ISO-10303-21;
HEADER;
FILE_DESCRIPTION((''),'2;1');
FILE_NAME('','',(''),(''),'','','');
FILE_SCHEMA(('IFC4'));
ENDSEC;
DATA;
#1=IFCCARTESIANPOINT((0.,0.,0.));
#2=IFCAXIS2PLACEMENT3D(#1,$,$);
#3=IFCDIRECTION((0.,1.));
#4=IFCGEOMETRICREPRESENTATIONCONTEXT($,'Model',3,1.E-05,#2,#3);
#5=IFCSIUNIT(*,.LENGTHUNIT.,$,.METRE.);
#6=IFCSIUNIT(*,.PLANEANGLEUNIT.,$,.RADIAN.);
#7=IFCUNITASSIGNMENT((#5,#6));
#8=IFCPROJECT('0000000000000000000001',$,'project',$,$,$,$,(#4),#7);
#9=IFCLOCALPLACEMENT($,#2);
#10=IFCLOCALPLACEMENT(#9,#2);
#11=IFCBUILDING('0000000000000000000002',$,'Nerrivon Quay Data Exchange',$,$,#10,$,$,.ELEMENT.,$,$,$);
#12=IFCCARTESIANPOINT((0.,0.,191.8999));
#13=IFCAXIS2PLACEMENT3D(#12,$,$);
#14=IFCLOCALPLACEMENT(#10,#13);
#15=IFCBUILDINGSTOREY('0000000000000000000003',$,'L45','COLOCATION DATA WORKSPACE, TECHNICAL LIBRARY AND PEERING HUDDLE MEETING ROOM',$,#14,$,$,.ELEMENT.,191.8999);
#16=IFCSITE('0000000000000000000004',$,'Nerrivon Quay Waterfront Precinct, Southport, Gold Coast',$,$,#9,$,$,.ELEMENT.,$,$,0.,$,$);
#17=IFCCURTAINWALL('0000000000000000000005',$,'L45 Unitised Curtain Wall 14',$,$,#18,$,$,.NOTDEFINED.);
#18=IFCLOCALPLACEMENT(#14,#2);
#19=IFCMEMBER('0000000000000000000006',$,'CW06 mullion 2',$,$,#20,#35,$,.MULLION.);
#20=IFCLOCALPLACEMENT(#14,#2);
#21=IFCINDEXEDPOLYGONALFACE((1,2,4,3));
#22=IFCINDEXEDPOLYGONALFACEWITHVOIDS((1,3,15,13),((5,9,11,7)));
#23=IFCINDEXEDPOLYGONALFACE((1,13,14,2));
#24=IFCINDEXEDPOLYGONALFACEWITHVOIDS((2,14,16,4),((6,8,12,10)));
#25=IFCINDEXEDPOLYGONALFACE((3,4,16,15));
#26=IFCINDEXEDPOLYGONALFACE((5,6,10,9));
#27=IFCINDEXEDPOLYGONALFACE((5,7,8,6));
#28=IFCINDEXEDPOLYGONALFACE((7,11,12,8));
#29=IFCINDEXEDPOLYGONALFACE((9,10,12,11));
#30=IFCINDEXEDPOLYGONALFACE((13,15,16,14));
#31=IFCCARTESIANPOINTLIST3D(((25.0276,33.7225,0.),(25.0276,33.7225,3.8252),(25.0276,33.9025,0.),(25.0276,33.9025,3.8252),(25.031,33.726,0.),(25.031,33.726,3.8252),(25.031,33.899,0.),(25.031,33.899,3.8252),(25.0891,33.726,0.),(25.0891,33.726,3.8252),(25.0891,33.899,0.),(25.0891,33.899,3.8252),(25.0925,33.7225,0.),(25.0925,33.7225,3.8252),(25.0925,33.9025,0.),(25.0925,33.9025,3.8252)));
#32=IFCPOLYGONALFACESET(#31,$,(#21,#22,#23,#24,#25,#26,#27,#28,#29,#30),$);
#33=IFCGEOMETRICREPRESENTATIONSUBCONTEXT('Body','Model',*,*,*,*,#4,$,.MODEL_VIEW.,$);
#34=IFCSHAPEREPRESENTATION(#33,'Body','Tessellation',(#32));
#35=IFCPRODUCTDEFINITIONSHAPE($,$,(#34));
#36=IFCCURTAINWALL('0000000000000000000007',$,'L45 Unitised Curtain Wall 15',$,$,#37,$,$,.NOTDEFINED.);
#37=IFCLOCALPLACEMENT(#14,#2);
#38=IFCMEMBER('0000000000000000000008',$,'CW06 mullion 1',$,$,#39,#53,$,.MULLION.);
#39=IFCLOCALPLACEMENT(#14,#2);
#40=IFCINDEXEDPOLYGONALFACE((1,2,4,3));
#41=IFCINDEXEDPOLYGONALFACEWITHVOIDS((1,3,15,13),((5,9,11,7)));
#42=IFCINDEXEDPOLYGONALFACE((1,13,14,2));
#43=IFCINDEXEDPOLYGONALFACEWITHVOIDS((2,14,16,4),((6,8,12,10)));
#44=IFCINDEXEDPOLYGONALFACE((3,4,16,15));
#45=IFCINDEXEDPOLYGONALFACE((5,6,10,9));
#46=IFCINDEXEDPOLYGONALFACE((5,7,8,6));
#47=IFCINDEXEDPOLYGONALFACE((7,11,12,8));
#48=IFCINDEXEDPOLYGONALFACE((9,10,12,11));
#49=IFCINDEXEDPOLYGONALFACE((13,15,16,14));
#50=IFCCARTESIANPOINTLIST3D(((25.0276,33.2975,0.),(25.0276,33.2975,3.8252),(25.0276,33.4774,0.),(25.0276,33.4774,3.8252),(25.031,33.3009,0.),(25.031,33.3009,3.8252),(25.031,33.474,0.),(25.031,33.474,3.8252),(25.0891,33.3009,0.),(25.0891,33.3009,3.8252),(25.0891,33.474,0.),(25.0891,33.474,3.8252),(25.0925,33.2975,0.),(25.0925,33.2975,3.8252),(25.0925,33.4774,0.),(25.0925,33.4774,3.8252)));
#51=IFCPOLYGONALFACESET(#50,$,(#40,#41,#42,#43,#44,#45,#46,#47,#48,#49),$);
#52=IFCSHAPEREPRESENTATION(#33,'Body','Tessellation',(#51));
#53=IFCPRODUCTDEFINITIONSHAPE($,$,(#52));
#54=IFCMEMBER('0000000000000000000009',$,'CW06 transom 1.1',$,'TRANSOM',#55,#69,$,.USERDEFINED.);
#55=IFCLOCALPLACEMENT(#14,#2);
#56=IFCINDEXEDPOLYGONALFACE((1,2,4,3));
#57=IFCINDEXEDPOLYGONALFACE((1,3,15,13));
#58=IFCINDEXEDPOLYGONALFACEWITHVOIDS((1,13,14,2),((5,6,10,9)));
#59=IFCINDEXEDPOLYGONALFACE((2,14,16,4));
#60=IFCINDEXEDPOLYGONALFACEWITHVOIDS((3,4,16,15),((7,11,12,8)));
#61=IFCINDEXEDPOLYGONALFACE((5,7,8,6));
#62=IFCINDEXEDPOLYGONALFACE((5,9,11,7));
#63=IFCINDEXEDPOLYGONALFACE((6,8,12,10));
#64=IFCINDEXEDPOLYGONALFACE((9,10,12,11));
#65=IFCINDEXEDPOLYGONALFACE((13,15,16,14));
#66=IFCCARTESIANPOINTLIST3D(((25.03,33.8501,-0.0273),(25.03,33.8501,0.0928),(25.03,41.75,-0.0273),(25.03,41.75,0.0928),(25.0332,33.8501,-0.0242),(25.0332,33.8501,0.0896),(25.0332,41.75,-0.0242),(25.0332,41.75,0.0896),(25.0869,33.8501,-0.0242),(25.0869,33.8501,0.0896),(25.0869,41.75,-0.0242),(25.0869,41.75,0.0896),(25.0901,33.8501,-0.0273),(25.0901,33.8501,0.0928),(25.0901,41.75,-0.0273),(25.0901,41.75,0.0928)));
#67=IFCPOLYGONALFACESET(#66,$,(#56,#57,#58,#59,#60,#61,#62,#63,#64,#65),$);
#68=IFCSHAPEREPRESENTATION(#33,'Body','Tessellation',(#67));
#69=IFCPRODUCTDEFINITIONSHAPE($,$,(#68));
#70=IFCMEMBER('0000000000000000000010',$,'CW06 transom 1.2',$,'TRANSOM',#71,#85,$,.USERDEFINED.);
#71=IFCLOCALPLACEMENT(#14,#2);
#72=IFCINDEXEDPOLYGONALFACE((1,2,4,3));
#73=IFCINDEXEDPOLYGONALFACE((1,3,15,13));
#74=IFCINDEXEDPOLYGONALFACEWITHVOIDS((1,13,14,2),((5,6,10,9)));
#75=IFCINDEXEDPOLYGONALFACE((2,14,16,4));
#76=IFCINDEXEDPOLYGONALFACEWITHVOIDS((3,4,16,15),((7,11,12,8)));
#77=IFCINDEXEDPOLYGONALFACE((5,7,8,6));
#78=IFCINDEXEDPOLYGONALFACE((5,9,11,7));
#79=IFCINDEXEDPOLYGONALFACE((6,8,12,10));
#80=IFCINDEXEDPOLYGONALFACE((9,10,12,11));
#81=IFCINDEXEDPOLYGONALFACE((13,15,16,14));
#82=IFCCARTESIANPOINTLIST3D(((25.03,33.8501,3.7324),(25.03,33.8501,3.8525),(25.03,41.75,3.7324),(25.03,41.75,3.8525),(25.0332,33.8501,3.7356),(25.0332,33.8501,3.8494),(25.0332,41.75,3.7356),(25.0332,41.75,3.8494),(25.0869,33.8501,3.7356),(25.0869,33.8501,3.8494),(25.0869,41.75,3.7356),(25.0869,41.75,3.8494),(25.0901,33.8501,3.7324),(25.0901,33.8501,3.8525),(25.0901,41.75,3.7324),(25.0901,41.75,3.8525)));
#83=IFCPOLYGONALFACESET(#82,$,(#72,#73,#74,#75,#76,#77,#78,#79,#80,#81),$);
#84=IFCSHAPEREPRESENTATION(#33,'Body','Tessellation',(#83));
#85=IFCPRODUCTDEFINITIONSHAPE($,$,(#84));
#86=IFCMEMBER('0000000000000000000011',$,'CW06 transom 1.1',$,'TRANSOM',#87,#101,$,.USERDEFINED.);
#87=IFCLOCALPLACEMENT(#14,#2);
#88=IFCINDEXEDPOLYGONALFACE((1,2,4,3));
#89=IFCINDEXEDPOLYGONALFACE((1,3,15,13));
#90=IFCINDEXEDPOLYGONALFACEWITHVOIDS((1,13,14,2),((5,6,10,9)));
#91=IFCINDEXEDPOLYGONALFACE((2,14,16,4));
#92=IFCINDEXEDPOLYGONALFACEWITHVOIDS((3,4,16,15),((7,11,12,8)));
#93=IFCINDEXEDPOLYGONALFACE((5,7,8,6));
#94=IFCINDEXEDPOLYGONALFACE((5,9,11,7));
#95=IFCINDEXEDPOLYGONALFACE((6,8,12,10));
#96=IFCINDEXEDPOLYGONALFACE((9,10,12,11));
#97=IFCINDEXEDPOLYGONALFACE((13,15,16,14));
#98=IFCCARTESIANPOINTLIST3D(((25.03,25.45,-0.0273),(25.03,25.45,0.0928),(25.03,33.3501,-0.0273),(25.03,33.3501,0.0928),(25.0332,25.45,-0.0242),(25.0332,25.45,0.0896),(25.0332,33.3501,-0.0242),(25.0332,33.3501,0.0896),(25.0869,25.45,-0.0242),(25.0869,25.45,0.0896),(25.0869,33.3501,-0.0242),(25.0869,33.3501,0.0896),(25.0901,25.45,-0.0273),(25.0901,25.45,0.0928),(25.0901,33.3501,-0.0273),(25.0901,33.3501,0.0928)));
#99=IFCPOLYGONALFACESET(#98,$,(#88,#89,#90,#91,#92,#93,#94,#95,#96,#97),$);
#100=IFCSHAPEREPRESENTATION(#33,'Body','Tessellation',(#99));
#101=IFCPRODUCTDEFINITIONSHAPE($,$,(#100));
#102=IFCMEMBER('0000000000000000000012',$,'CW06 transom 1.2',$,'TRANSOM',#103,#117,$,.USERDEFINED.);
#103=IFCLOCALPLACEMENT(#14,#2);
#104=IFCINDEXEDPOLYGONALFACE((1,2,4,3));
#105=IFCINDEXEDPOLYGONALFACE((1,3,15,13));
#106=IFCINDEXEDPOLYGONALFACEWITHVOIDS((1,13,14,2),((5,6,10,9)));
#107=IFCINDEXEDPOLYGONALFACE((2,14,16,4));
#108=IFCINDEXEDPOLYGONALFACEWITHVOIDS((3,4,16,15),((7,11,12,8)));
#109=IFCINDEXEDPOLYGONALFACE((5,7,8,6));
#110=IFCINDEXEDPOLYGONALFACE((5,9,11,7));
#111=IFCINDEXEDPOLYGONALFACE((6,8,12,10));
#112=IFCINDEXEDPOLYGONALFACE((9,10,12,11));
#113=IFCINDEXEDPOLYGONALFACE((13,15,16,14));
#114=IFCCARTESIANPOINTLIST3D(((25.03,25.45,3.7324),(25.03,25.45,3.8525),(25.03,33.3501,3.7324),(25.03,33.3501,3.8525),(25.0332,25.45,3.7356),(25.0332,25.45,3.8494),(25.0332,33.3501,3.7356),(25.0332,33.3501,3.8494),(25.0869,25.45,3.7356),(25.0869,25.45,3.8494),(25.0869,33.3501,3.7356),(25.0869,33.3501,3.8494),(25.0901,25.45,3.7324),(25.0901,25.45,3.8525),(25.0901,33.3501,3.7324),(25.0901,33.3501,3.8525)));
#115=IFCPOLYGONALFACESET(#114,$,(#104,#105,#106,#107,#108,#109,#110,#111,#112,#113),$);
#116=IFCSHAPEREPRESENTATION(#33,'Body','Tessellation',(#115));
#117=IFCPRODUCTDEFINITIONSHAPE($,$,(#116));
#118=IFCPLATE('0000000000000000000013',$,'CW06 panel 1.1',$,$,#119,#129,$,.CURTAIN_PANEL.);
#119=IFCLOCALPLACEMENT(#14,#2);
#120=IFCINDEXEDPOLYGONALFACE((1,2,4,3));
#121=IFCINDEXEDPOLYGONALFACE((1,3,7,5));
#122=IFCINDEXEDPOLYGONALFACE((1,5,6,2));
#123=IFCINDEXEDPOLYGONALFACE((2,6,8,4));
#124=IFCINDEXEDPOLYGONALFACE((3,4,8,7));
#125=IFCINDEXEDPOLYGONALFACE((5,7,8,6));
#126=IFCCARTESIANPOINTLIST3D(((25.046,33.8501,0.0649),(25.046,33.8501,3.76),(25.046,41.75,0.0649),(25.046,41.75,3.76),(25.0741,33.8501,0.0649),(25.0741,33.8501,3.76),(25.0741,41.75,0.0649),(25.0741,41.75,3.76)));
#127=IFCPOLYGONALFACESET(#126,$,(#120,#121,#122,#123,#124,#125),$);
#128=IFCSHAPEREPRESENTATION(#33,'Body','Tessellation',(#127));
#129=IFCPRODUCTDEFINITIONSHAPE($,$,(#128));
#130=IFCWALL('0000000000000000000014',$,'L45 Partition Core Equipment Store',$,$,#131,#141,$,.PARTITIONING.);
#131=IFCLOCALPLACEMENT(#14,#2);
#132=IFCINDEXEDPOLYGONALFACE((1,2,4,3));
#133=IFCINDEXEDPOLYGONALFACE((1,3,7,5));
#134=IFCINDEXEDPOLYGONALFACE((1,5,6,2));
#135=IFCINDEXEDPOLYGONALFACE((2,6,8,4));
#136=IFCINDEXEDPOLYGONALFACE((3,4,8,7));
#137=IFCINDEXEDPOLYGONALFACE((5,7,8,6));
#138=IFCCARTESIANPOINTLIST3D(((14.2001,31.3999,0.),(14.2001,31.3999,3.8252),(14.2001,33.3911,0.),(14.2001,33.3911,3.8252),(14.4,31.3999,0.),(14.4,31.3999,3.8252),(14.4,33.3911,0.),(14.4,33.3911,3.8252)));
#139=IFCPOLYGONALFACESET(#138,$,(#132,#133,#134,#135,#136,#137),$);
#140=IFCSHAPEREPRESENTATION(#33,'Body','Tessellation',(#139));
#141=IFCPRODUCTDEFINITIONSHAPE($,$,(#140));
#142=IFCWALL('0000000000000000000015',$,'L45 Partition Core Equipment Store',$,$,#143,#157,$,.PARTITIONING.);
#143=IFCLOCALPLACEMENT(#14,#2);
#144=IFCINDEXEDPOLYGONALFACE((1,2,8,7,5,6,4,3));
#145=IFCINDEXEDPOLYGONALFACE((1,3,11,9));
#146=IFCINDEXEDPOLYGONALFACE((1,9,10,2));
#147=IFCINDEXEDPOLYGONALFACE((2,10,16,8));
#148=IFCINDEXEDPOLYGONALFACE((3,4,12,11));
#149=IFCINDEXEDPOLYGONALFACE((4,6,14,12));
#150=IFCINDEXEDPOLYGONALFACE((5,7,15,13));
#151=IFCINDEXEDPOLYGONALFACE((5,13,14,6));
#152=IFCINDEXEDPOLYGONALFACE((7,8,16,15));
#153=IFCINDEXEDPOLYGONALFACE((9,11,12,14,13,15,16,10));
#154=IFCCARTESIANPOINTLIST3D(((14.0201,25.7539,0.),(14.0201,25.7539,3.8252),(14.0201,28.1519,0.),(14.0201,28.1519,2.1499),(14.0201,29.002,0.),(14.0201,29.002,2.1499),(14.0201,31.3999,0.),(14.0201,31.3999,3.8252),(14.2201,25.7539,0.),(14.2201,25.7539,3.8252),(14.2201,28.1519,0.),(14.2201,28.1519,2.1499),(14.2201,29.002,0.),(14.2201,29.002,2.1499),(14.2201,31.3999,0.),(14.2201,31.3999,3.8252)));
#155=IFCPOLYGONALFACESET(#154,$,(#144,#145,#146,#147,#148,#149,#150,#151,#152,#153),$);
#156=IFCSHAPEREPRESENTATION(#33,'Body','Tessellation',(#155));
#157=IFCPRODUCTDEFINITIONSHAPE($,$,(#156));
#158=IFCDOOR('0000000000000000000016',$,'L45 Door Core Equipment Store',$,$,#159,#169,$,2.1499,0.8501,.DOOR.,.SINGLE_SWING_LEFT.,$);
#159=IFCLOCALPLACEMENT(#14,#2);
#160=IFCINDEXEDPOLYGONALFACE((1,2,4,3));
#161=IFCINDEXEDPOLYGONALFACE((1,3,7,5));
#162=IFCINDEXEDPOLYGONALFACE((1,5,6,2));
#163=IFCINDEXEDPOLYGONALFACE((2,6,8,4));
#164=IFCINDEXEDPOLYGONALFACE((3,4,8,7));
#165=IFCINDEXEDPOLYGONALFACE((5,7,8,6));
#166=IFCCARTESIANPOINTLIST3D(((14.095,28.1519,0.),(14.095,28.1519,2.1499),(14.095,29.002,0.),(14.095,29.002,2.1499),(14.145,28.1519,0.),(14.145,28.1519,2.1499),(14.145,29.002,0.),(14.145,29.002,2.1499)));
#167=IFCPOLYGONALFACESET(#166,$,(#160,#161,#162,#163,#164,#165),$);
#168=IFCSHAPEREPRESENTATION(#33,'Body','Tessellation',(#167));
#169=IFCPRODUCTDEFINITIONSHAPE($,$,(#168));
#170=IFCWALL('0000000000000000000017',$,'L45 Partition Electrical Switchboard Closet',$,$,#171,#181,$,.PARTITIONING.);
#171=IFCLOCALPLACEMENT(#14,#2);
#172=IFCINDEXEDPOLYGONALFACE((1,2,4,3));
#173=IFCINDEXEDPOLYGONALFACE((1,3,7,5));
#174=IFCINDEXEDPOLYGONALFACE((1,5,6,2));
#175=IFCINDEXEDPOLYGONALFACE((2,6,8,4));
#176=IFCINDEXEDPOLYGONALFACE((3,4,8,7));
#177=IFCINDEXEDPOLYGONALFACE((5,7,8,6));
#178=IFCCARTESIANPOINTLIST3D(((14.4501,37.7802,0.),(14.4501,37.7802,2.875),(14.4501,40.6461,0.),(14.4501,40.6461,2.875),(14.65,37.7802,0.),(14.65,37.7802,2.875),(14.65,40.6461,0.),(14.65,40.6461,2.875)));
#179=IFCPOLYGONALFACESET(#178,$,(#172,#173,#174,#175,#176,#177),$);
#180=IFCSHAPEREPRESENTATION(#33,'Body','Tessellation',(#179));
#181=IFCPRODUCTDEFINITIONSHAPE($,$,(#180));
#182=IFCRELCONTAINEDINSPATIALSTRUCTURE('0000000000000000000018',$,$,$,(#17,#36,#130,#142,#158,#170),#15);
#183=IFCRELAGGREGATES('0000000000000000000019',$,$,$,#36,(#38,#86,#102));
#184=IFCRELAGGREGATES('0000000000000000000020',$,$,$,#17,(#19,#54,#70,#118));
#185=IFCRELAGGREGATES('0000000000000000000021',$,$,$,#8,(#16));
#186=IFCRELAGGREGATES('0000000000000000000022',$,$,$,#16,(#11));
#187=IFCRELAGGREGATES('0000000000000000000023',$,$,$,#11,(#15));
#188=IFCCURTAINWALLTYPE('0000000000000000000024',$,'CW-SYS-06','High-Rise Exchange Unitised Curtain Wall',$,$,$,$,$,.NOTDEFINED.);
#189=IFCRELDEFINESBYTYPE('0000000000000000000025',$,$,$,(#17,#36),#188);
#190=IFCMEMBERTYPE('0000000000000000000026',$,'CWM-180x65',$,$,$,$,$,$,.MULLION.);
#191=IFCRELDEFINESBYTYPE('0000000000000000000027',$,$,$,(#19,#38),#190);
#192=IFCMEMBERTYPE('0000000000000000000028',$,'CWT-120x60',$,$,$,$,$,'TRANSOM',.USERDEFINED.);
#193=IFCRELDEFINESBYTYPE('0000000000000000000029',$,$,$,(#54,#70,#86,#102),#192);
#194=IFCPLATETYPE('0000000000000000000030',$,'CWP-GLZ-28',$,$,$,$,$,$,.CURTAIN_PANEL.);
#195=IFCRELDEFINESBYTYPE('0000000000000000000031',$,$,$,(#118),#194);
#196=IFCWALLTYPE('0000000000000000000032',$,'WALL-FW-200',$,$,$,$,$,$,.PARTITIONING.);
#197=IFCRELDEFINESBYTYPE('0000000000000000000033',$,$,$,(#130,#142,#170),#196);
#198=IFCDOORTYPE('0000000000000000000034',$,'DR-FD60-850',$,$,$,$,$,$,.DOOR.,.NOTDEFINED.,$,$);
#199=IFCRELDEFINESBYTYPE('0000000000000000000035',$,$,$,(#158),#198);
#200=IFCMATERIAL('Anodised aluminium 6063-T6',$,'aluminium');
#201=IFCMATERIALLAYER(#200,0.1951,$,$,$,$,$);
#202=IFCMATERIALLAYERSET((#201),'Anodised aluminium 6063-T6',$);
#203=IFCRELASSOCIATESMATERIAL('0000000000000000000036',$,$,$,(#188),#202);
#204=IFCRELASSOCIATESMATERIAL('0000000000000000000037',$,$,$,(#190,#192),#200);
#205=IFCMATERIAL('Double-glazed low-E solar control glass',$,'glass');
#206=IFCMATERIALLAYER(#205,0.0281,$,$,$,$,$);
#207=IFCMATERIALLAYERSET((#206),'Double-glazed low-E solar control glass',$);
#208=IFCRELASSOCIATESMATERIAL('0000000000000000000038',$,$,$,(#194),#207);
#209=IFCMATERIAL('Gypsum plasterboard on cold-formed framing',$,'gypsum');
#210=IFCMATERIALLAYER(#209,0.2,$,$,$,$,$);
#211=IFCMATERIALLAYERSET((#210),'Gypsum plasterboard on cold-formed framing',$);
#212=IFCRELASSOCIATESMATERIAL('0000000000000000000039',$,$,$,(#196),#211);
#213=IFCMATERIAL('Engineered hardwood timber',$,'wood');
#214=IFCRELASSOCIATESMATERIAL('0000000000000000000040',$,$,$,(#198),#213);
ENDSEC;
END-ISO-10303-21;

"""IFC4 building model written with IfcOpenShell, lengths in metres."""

from ifc_helpers import new_model, si_unit, direction, frame, frame_2d, origin, origin_2d, place, context, subcontext, project, spatial, rectangle, hollow_rectangle, extrude, material, layer, layer_set, material_profile, profile_set, type_object, element, fill, aggregate, save


model = new_model("IFC4")

# Units and contexts
model_context = context("Model", 3, precision=1e-05, world=origin(), true_north=direction((0.0, 1.0)))
body_context = subcontext(model_context, "Body", "Model", "MODEL_VIEW")
ifc_project = project(units=[si_unit("LENGTHUNIT", "METRE"), si_unit("PLANEANGLEUNIT", "RADIAN")], contexts=[model_context])

# Site, building, storey
site_placement = place(None, origin())
site = spatial("IfcSite", under=ifc_project, at=site_placement, Name="Nerrivon Quay Waterfront Precinct, Southport, Gold Coast", CompositionType="ELEMENT", RefElevation=0.0)
building_placement = place(site_placement, origin())
building = spatial("IfcBuilding", under=site, at=building_placement, Name="Nerrivon Quay Data Exchange", CompositionType="ELEMENT")
storey_placement = place(building_placement, frame((0.0, 0.0, 191.8999)))
storey = spatial("IfcBuildingStorey", under=building, at=storey_placement, Name="L45", Description="COLOCATION DATA WORKSPACE, TECHNICAL LIBRARY AND PEERING HUDDLE MEETING ROOM", CompositionType="ELEMENT", Elevation=191.8999)

# Curtain wall, member
ifc_material_1 = material(Name="Anodised aluminium 6063-T6", Category="aluminium")
ifc_layer_1 = layer(ifc_material_1, 0.1951)
ifc_layer_set_1 = layer_set([ifc_layer_1], Name="Anodised aluminium 6063-T6")
curtain_wall_type = type_object("IfcCurtainWallType", Name="CW-SYS-06", Description="High-Rise Exchange Unitised Curtain Wall", PredefinedType="NOTDEFINED", material=ifc_layer_set_1)
curtain_wall_1_placement = place(storey_placement, origin())
curtain_wall_1 = element("IfcCurtainWall", 1, at=curtain_wall_1_placement, inside=storey, type_object=curtain_wall_type, Name="L45 Unitised Curtain Wall 14", PredefinedType="NOTDEFINED")
ifc_material_profile_1 = material_profile(ifc_material_1, hollow_rectangle(XDim=0.0649, YDim=0.1799, WallThickness=0.0034, at=origin_2d()), Name="ALU-MULL-180x65")
ifc_profile_set_1 = profile_set([ifc_material_profile_1], Name="Anodised aluminium 6063-T6")
member_type_1 = type_object("IfcMemberType", Name="CWM-180x65", PredefinedType="MULLION", material=ifc_profile_set_1)
member_1_placement = place(storey_placement, frame((25.0601, 33.8125, 0.0), z_axis=(0.0, 0.0, 1.0), x_axis=(1.0, 0.0, 0.0)))
member_1 = element("IfcMember", 2, at=member_1_placement, type_object=member_type_1, Name="CW06 mullion 2", PredefinedType="MULLION", context=body_context, shape_type="SweptSolid", body=[
    extrude(hollow_rectangle(XDim=0.0649, YDim=0.1799, WallThickness=0.0034, at=origin_2d()), origin(), (0.0, 0.0, 1.0), 3.8252),
])

# Curtain wall, member
curtain_wall_2_placement = place(storey_placement, origin())
curtain_wall_2 = element("IfcCurtainWall", 3, at=curtain_wall_2_placement, inside=storey, type_object=curtain_wall_type, Name="L45 Unitised Curtain Wall 15", PredefinedType="NOTDEFINED")
member_2_placement = place(storey_placement, frame((25.0601, 33.3875, 0.0), z_axis=(0.0, 0.0, 1.0), x_axis=(1.0, 0.0, 0.0)))
member_2 = element("IfcMember", 4, at=member_2_placement, type_object=member_type_1, Name="CW06 mullion 1", PredefinedType="MULLION", context=body_context, shape_type="SweptSolid", body=[
    extrude(hollow_rectangle(XDim=0.0649, YDim=0.1799, WallThickness=0.0034, at=origin_2d()), origin(), (0.0, 0.0, 1.0), 3.8252),
])

# Members
ifc_material_profile_2 = material_profile(ifc_material_1, hollow_rectangle(XDim=0.0601, YDim=0.1201, WallThickness=0.0032, at=origin_2d()), Name="ALU-TRAN-120x60")
ifc_profile_set_2 = profile_set([ifc_material_profile_2], Name="Anodised aluminium 6063-T6")
member_type_2 = type_object("IfcMemberType", Name="CWT-120x60", ElementType="TRANSOM", PredefinedType="USERDEFINED", material=ifc_profile_set_2)
member_3_placement = place(storey_placement, frame((25.0601, 41.75, 0.0327), z_axis=(0.0, -1.0, 0.0), x_axis=(1.0, 0.0, 0.0)))
member_3 = element("IfcMember", 5, at=member_3_placement, type_object=member_type_2, Name="CW06 transom 1.1", ObjectType="TRANSOM", PredefinedType="USERDEFINED", context=body_context, shape_type="SweptSolid", body=[
    extrude(hollow_rectangle(XDim=0.0601, YDim=0.1201, WallThickness=0.0032, at=origin_2d()), origin(), (0.0, 0.0, 1.0), 7.8999),
])
member_4_placement = place(storey_placement, frame((25.0601, 41.75, 3.7925), z_axis=(0.0, -1.0, 0.0), x_axis=(1.0, 0.0, 0.0)))
member_4 = element("IfcMember", 6, at=member_4_placement, type_object=member_type_2, Name="CW06 transom 1.2", ObjectType="TRANSOM", PredefinedType="USERDEFINED", context=body_context, shape_type="SweptSolid", body=[
    extrude(hollow_rectangle(XDim=0.0601, YDim=0.1201, WallThickness=0.0032, at=origin_2d()), origin(), (0.0, 0.0, 1.0), 7.8999),
])
member_5_placement = place(storey_placement, frame((25.0601, 33.3501, 0.0327), z_axis=(0.0, -1.0, 0.0), x_axis=(1.0, 0.0, 0.0)))
member_5 = element("IfcMember", 7, at=member_5_placement, type_object=member_type_2, Name="CW06 transom 1.1", ObjectType="TRANSOM", PredefinedType="USERDEFINED", context=body_context, shape_type="SweptSolid", body=[
    extrude(hollow_rectangle(XDim=0.0601, YDim=0.1201, WallThickness=0.0032, at=origin_2d()), origin(), (0.0, 0.0, 1.0), 7.9001),
])
member_6_placement = place(storey_placement, frame((25.0601, 33.3501, 3.7925), z_axis=(0.0, -1.0, 0.0), x_axis=(1.0, 0.0, 0.0)))
member_6 = element("IfcMember", 8, at=member_6_placement, type_object=member_type_2, Name="CW06 transom 1.2", ObjectType="TRANSOM", PredefinedType="USERDEFINED", context=body_context, shape_type="SweptSolid", body=[
    extrude(hollow_rectangle(XDim=0.0601, YDim=0.1201, WallThickness=0.0032, at=origin_2d()), origin(), (0.0, 0.0, 1.0), 7.9001),
])
aggregate(curtain_wall_2, [member_2, member_5, member_6])

# Plate
ifc_material_2 = material(Name="Double-glazed low-E solar control glass", Category="glass")
ifc_layer_2 = layer(ifc_material_2, 0.0281)
ifc_layer_set_2 = layer_set([ifc_layer_2], Name="Double-glazed low-E solar control glass")
plate_type = type_object("IfcPlateType", Name="CWP-GLZ-28", PredefinedType="CURTAIN_PANEL", material=ifc_layer_set_2)
plate_placement = place(storey_placement, frame((25.0601, 37.8, 0.0649), z_axis=(0.0, 0.0, 1.0), x_axis=(0.0, -1.0, 0.0)))
plate = element("IfcPlate", 9, at=plate_placement, type_object=plate_type, Name="CW06 panel 1.1", PredefinedType="CURTAIN_PANEL", context=body_context, shape_type="SweptSolid", body=[
    extrude(rectangle(XDim=7.8999, YDim=0.0281, at=origin_2d()), origin(), (0.0, 0.0, 1.0), 3.6951),
])
aggregate(curtain_wall_1, [member_1, member_3, member_4, plate])

# Wall
ifc_material_3 = material(Name="Gypsum plasterboard on cold-formed framing", Category="gypsum")
ifc_layer_3 = layer(ifc_material_3, 0.2)
ifc_layer_set_3 = layer_set([ifc_layer_3], Name="Gypsum plasterboard on cold-formed framing")
wall_type_1 = type_object("IfcWallType", Name="WALL-FW-200", PredefinedType="PARTITIONING", material=ifc_layer_set_3)
wall_1_placement = place(storey_placement, frame((14.3, 33.3911, 0.0), z_axis=(0.0, 0.0, 1.0), x_axis=(0.0, -1.0, 0.0)))
element("IfcWall", 10, at=wall_1_placement, inside=storey, type_object=wall_type_1, Name="L45 Partition Core Equipment Store", PredefinedType="PARTITIONING", context=body_context, shape_type="SweptSolid", body=[
    extrude(rectangle(XDim=1.9912, YDim=0.2, at=frame_2d((0.9956, 0.0))), origin(), (0.0, 0.0, 1.0), 3.8252),
])

# Wall, opening, door
wall_2_placement = place(storey_placement, frame((14.1201, 31.3999, 0.0), z_axis=(0.0, 0.0, 1.0), x_axis=(0.0, -1.0, 0.0)))
wall_2 = element("IfcWall", 11, at=wall_2_placement, inside=storey, type_object=wall_type_1, Name="L45 Partition Core Equipment Store", PredefinedType="PARTITIONING", context=body_context, shape_type="SweptSolid", body=[
    extrude(rectangle(XDim=5.646, YDim=0.2, at=frame_2d((2.823, 0.0))), origin(), (0.0, 0.0, 1.0), 3.8252),
])
opening_1_placement = place(wall_2_placement, frame((2.3979, 0.0, 0.0)))
opening_1 = element("IfcOpeningElement", 12, at=opening_1_placement, cuts=wall_2, PredefinedType="OPENING", context=body_context, shape_type="SweptSolid", body=[
    extrude(rectangle(XDim=0.8501, YDim=2.1499, at=frame_2d((0.425, 1.075))), frame((0.0, 0.1099, 0.0), z_axis=(0.0, -1.0, 0.0), x_axis=(1.0, 0.0, 0.0)), (0.0, 0.0, 1.0), 0.22),
])
ifc_material_4 = material(Name="Engineered hardwood timber", Category="wood")
door_type_1 = type_object("IfcDoorType", Name="DR-FD60-850", OperationType="NOTDEFINED", PredefinedType="DOOR", material=ifc_material_4)
door_1_placement = place(opening_1_placement, origin())
door_1 = element("IfcDoor", 13, at=door_1_placement, inside=storey, type_object=door_type_1, Name="L45 Door Core Equipment Store", OperationType="SINGLE_SWING_LEFT", OverallHeight=2.1499, OverallWidth=0.8501, PredefinedType="DOOR", context=body_context, shape_type="SweptSolid", body=[
    extrude(rectangle(XDim=0.8501, YDim=2.1499, at=frame_2d((0.425, 1.075))), frame((0.0, 0.0249, 0.0), z_axis=(0.0, -1.0, 0.0), x_axis=(1.0, 0.0, 0.0)), (0.0, 0.0, 1.0), 0.05),
])
fill(opening_1, door_1)

# Wall
wall_3_placement = place(storey_placement, frame((14.55, 37.78, 0.0), z_axis=(0.0, 0.0, 1.0), x_axis=(0.0, 1.0, 0.0)))
element("IfcWall", 14, at=wall_3_placement, inside=storey, type_object=wall_type_1, Name="L45 Partition Electrical Switchboard Closet", PredefinedType="PARTITIONING", context=body_context, shape_type="SweptSolid", body=[
    extrude(rectangle(XDim=2.866, YDim=0.2, at=frame_2d((1.4331, 0.0))), origin(), (0.0, 0.0, 1.0), 2.875),
])

save(model, "model.ifc")
